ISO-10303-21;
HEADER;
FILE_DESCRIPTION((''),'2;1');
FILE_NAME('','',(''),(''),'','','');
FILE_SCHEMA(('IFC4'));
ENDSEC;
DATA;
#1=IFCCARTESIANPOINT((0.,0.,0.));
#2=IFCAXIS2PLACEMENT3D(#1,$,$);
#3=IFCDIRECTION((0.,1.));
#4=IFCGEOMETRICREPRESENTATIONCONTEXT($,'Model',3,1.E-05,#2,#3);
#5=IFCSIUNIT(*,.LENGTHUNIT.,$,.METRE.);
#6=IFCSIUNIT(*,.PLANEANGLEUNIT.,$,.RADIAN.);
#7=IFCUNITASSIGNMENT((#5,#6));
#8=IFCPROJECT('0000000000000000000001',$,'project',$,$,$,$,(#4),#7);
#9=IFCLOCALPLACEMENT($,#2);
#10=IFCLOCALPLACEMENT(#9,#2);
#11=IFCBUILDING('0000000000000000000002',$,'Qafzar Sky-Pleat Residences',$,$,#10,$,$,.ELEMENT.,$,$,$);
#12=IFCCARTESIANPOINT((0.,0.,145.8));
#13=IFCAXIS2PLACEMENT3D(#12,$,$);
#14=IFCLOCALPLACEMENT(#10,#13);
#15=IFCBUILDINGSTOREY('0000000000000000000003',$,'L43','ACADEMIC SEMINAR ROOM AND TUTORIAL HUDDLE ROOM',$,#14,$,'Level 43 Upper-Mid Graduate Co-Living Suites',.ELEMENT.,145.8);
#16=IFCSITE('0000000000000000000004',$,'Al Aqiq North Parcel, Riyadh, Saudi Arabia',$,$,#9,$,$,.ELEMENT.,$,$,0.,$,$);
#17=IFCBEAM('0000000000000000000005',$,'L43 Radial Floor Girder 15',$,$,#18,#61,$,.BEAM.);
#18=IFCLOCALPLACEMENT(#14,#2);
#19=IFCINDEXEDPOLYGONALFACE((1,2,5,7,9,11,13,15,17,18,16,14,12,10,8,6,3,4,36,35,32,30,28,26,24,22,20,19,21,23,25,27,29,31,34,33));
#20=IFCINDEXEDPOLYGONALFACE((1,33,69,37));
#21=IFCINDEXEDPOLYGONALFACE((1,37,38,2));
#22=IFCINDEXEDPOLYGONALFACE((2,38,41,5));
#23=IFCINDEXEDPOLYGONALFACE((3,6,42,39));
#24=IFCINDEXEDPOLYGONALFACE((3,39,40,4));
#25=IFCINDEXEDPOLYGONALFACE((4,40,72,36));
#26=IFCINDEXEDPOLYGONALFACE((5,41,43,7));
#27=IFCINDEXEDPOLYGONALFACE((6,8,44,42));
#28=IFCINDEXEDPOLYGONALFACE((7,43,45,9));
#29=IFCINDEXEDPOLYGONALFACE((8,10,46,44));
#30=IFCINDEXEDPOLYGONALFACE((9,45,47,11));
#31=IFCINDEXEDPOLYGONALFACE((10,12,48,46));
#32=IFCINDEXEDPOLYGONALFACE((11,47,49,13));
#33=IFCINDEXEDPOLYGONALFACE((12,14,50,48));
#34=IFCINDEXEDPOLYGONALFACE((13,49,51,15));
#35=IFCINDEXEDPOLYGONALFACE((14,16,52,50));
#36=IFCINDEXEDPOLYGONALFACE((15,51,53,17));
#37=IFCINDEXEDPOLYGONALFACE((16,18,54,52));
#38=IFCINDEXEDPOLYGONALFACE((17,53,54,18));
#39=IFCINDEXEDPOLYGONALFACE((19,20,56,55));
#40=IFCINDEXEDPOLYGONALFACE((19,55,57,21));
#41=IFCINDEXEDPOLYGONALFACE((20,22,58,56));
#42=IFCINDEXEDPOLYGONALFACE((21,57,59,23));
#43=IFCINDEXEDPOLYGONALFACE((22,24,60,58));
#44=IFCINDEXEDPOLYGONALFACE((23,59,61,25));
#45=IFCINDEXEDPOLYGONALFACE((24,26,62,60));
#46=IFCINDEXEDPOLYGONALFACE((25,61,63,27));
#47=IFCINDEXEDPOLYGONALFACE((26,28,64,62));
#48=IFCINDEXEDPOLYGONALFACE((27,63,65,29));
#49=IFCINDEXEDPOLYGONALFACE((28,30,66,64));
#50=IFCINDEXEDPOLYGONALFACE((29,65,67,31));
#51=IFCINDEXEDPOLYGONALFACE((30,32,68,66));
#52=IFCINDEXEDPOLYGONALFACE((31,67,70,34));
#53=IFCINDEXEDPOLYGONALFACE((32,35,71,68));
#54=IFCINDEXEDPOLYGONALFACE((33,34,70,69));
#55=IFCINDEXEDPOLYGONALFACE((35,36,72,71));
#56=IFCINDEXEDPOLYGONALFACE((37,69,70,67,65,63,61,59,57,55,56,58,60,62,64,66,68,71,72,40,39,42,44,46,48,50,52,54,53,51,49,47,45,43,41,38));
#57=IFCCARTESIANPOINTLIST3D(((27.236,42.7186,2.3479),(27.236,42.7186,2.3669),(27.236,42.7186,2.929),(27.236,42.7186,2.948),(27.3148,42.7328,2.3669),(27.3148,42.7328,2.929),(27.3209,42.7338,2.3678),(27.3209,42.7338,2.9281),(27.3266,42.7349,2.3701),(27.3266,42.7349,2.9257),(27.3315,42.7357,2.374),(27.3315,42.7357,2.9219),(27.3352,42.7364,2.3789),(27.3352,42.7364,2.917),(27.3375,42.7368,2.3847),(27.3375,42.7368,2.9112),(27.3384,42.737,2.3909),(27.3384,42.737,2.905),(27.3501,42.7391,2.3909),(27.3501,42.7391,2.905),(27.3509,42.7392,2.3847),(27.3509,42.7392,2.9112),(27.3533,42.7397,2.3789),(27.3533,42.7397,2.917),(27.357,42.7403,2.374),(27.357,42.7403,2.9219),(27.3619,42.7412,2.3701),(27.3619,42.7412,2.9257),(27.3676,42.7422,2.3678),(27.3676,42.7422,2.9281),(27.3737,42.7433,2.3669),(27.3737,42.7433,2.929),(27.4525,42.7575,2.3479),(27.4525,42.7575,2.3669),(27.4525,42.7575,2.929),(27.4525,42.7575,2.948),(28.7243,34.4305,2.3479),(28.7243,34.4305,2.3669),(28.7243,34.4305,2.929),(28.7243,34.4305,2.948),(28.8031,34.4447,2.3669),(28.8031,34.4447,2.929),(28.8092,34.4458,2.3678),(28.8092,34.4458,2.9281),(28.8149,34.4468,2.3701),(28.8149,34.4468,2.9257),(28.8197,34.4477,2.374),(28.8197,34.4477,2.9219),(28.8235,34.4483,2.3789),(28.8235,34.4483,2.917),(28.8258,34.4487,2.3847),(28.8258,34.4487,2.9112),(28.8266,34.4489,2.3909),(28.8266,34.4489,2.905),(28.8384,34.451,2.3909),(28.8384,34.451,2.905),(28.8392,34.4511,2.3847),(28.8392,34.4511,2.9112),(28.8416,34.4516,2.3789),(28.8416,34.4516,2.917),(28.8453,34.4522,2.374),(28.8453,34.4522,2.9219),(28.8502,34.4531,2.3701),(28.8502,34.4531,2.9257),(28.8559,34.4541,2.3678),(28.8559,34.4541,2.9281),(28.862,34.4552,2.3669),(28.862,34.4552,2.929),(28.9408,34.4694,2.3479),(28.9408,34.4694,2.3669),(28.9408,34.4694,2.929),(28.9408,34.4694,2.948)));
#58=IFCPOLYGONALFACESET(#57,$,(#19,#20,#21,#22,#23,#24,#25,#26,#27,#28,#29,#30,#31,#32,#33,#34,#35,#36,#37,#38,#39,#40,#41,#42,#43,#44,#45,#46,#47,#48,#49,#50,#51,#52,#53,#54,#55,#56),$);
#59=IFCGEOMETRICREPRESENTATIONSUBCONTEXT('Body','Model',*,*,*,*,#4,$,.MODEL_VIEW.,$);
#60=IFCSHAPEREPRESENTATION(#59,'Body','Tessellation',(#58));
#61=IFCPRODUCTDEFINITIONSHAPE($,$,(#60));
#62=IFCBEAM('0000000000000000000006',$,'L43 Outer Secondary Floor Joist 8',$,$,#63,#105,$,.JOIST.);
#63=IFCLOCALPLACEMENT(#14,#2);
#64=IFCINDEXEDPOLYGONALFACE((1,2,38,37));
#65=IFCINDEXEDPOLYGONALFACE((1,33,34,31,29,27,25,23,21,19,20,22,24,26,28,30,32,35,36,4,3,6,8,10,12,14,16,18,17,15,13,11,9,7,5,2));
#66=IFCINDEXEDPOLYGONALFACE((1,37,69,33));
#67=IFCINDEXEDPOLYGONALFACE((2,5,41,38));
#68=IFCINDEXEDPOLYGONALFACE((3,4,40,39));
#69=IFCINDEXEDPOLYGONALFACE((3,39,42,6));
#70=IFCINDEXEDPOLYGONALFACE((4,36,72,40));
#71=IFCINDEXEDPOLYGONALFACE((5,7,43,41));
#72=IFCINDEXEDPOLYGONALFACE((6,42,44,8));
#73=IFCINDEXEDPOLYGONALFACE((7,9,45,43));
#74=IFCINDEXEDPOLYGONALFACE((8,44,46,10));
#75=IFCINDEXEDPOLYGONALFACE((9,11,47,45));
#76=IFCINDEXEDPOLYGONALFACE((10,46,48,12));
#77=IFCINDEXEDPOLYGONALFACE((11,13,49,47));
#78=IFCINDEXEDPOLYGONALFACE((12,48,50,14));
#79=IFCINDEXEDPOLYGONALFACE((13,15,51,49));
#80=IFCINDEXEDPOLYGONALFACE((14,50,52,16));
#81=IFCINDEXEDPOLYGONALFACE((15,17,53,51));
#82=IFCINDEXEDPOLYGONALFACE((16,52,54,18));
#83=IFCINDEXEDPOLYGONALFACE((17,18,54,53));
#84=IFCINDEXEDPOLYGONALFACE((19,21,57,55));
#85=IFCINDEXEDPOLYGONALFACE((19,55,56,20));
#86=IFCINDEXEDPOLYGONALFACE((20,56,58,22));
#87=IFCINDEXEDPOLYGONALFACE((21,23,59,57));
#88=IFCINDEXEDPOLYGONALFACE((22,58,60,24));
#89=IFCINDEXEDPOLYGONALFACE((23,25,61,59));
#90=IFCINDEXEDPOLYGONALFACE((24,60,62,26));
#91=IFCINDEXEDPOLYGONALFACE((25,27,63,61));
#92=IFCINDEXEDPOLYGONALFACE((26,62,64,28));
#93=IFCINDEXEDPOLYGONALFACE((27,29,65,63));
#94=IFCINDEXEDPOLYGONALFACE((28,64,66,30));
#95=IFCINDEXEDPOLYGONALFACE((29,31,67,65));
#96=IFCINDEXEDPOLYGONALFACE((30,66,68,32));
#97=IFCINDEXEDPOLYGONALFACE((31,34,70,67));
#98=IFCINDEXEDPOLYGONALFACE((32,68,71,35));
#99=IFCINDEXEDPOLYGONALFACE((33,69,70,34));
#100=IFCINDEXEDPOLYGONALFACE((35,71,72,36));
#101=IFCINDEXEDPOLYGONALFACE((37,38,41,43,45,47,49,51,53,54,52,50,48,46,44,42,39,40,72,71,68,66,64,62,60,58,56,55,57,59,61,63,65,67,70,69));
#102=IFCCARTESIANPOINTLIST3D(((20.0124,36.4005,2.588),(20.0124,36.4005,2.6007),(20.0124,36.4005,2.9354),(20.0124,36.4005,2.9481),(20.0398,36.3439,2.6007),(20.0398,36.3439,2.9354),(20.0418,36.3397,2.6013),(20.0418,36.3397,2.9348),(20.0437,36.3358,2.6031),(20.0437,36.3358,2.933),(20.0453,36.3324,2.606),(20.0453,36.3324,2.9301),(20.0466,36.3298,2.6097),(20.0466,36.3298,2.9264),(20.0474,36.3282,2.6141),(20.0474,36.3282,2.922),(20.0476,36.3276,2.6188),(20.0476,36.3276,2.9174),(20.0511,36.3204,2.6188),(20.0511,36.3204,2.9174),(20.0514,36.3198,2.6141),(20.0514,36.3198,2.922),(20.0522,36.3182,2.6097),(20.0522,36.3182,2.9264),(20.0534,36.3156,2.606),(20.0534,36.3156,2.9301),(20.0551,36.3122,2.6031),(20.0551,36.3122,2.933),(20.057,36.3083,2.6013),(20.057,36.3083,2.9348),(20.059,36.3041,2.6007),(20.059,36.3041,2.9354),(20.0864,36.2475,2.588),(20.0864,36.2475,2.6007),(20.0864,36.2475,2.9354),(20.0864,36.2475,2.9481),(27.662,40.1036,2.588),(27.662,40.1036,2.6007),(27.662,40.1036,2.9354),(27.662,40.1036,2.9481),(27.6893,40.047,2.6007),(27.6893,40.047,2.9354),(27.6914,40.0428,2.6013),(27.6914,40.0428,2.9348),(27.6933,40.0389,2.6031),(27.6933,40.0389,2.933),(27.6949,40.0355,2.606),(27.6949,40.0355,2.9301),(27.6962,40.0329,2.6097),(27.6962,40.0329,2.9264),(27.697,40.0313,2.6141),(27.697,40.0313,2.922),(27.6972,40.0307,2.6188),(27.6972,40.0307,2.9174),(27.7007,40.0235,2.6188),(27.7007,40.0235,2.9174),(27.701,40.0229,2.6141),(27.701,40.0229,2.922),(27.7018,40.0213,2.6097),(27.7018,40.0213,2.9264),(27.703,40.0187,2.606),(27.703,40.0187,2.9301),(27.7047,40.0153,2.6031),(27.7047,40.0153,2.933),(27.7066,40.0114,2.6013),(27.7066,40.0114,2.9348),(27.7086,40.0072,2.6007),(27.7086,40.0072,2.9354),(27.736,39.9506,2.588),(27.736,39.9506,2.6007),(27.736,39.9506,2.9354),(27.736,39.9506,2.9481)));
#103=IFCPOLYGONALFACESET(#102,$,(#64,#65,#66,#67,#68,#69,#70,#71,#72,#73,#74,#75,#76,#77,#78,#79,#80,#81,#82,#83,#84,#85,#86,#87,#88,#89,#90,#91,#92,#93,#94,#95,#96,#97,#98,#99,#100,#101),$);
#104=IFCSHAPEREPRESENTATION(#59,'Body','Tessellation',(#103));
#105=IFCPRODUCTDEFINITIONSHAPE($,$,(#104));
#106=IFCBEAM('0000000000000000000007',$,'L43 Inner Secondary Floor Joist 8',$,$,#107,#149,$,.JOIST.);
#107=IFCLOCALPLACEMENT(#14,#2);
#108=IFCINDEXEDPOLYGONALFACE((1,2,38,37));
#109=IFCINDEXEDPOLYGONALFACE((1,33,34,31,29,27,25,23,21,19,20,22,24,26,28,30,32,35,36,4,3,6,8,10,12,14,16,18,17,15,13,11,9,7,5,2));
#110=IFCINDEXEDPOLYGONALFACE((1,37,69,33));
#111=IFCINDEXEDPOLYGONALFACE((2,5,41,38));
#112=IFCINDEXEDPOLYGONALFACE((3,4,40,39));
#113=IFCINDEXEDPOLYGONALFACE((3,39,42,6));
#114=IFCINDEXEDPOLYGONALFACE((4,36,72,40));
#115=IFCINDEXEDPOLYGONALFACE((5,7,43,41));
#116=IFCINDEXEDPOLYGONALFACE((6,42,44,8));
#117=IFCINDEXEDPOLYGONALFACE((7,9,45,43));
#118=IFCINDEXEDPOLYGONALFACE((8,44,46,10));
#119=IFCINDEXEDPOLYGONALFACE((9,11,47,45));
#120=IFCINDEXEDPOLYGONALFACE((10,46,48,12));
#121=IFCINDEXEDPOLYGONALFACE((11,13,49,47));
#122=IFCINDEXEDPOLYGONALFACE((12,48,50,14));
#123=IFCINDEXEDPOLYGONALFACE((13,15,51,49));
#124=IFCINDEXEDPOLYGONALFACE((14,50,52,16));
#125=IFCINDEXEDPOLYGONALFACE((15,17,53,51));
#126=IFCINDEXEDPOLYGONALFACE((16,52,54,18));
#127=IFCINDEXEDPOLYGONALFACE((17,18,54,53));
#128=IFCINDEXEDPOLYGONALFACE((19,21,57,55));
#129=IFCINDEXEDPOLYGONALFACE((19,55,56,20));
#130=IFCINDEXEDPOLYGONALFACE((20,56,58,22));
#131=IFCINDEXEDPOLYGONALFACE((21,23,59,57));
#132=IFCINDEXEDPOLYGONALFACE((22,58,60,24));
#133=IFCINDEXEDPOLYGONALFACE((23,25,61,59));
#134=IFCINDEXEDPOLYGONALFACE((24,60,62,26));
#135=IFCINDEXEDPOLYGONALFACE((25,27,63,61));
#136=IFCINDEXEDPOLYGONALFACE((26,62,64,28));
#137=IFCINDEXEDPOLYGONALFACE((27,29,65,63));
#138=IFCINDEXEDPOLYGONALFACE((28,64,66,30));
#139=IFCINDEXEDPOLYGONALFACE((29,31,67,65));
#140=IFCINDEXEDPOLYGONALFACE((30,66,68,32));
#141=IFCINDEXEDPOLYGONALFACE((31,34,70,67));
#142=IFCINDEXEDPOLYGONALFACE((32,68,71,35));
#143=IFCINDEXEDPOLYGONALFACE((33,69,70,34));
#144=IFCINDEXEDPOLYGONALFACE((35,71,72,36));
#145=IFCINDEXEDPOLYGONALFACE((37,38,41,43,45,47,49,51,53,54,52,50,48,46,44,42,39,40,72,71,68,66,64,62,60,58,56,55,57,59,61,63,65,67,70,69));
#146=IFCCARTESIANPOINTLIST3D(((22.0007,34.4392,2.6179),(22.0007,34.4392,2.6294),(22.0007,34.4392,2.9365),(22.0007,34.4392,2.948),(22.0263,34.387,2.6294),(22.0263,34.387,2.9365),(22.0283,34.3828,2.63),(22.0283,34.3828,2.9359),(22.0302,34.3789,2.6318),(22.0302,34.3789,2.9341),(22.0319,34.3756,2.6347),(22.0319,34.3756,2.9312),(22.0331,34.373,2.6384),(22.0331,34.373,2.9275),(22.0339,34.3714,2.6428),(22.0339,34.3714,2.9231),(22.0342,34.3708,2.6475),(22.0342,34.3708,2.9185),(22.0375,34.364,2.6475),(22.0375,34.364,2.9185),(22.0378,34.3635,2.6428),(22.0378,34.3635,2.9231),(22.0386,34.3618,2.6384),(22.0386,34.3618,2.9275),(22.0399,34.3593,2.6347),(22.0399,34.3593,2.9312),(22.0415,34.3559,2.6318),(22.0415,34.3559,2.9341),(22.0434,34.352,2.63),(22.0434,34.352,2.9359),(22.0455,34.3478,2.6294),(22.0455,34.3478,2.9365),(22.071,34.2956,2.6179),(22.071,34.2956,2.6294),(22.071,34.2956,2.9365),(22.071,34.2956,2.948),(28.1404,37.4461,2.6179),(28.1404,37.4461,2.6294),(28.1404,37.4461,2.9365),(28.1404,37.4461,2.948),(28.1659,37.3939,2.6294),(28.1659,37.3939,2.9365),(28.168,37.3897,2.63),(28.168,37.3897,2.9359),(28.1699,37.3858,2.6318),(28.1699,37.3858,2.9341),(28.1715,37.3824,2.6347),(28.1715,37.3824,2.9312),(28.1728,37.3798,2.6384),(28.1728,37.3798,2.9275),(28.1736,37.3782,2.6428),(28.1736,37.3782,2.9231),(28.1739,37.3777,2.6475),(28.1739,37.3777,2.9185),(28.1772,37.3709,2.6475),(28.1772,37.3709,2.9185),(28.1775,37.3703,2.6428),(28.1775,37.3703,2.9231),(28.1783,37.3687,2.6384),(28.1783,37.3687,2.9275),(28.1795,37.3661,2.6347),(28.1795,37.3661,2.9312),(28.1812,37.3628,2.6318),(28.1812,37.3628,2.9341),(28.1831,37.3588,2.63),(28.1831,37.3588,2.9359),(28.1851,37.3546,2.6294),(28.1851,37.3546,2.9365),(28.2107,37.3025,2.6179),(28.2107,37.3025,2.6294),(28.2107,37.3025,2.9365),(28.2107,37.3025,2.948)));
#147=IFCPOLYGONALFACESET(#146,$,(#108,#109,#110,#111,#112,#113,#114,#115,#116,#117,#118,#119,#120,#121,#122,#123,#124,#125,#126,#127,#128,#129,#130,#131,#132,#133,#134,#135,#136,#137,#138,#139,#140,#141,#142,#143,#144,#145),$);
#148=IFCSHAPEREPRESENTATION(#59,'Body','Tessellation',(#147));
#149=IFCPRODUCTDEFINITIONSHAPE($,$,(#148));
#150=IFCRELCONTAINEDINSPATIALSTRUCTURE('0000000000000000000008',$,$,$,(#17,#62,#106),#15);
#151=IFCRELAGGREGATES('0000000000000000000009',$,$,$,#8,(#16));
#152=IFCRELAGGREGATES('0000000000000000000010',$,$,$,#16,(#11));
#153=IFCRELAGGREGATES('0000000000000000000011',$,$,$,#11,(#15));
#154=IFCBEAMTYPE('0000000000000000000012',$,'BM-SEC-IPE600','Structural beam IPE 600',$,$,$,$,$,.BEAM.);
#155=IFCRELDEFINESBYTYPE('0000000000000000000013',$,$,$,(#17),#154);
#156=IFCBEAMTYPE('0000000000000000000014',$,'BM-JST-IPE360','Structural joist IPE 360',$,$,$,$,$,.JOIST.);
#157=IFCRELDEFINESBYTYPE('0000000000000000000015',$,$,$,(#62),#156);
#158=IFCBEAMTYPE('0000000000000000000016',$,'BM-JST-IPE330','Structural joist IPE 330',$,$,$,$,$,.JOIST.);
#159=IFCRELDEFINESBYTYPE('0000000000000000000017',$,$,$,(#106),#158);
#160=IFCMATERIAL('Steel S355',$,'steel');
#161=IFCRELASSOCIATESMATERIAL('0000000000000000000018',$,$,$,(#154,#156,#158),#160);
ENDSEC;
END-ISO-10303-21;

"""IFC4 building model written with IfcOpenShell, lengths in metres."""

from ifc_helpers import new_model, si_unit, direction, frame, origin, origin_2d, place, context, subcontext, project, spatial, i_section, extrude, source, transform, mapped, material, material_profile, profile_set, type_object, element, save


model = new_model("IFC4")

# Units and contexts
model_context = context("Model", 3, precision=1e-05, world=origin(), true_north=direction((0.0, 1.0)))
body_context = subcontext(model_context, "Body", "Model", "MODEL_VIEW")
ifc_project = project(units=[si_unit("LENGTHUNIT", "METRE"), si_unit("PLANEANGLEUNIT", "RADIAN")], contexts=[model_context])

# Site, building, storey
site_placement = place(None, origin())
site = spatial("IfcSite", under=ifc_project, at=site_placement, Name="Al Aqiq North Parcel, Riyadh, Saudi Arabia", CompositionType="ELEMENT", RefElevation=0.0)
building_placement = place(site_placement, origin())
building = spatial("IfcBuilding", under=site, at=building_placement, Name="Qafzar Sky-Pleat Residences", CompositionType="ELEMENT")
storey_placement = place(building_placement, frame((0.0, 0.0, 145.8)))
storey = spatial("IfcBuildingStorey", under=building, at=storey_placement, Name="L43", Description="ACADEMIC SEMINAR ROOM AND TUTORIAL HUDDLE ROOM", LongName="Level 43 Upper-Mid Graduate Co-Living Suites", CompositionType="ELEMENT", Elevation=145.8)

# Shared definitions
ifc_material_1 = material(Name="Steel S355", Category="steel")

# Beams
ifc_material_profile_1 = material_profile(ifc_material_1, i_section(OverallWidth=0.22, OverallDepth=0.6001, WebThickness=0.012, FlangeThickness=0.019, FilletRadius=0.0239, at=origin_2d()), Name="IPE 600")
ifc_profile_set_1 = profile_set([ifc_material_profile_1], Name="Steel S355")
beam_type_1 = type_object("IfcBeamType", Name="BM-SEC-IPE600", Description="Structural beam IPE 600", PredefinedType="BEAM", material=ifc_profile_set_1)
shared_shape_1 = source(origin(), body_context, "Body", "SweptSolid", [
    extrude(i_section(OverallWidth=0.22, OverallDepth=0.6001, WebThickness=0.012, FlangeThickness=0.019, FilletRadius=0.0239, at=origin_2d()), origin(), (0.0, 0.0, 1.0), 8.4207),
])
beam_1_placement = place(storey_placement, frame((27.3442, 42.738, 2.6479), z_axis=(0.176742, -0.984257, 0.0), x_axis=(0.984257, 0.176742, 0.0)))
element("IfcBeam", 1, at=beam_1_placement, inside=storey, type_object=beam_type_1, Name="L43 Radial Floor Girder 15", PredefinedType="BEAM", context=body_context, shape_type="MappedRepresentation", body=[
    mapped(shared_shape_1, transform((0.0, 0.0, 0.0), x_axis=(1.0, 0.0, 0.0), y_axis=(0.0, 1.0, 0.0), z_axis=(0.0, 0.0, 1.0), scale=1.0)),
])
ifc_material_profile_2 = material_profile(ifc_material_1, i_section(OverallWidth=0.1699, OverallDepth=0.3601, WebThickness=0.0081, FlangeThickness=0.0127, FilletRadius=0.0181, at=origin_2d()), Name="IPE 360")
ifc_profile_set_2 = profile_set([ifc_material_profile_2], Name="Steel S355")
beam_type_2 = type_object("IfcBeamType", Name="BM-JST-IPE360", Description="Structural joist IPE 360", PredefinedType="JOIST", material=ifc_profile_set_2)
shared_shape_2 = source(origin(), body_context, "Body", "SweptSolid", [
    extrude(i_section(OverallWidth=0.1699, OverallDepth=0.3601, WebThickness=0.0081, FlangeThickness=0.0127, FilletRadius=0.0181, at=origin_2d()), origin(), (0.0, 0.0, 1.0), 8.4988),
])
beam_2_placement = place(storey_placement, frame((27.699, 40.0271, 2.7681), z_axis=(-0.900082, -0.435721, 0.0), x_axis=(0.435721, -0.900082, 0.0)))
element("IfcBeam", 2, at=beam_2_placement, inside=storey, type_object=beam_type_2, Name="L43 Outer Secondary Floor Joist 8", PredefinedType="JOIST", context=body_context, shape_type="MappedRepresentation", body=[
    mapped(shared_shape_2, transform((0.0, 0.0, 0.0), x_axis=(1.0, 0.0, 0.0), y_axis=(0.0, 1.0, 0.0), z_axis=(0.0, 0.0, 1.0), scale=1.0)),
])
ifc_material_profile_3 = material_profile(ifc_material_1, i_section(OverallWidth=0.1599, OverallDepth=0.3301, WebThickness=0.0076, FlangeThickness=0.0115, FilletRadius=0.0181, at=origin_2d()), Name="IPE 330")
ifc_profile_set_3 = profile_set([ifc_material_profile_3], Name="Steel S355")
beam_type_3 = type_object("IfcBeamType", Name="BM-JST-IPE330", Description="Structural joist IPE 330", PredefinedType="JOIST", material=ifc_profile_set_3)
shared_shape_3 = source(origin(), body_context, "Body", "SweptSolid", [
    extrude(i_section(OverallWidth=0.1599, OverallDepth=0.3301, WebThickness=0.0076, FlangeThickness=0.0115, FilletRadius=0.0181, at=origin_2d()), origin(), (0.0, 0.0, 1.0), 6.8364),
])
beam_3_placement = place(storey_placement, frame((28.1755, 37.3743, 2.783), z_axis=(-0.898082, -0.439827, 0.0), x_axis=(0.439827, -0.898082, 0.0)))
element("IfcBeam", 3, at=beam_3_placement, inside=storey, type_object=beam_type_3, Name="L43 Inner Secondary Floor Joist 8", PredefinedType="JOIST", context=body_context, shape_type="MappedRepresentation", body=[
    mapped(shared_shape_3, transform((0.0, 0.0, 0.0), x_axis=(1.0, 0.0, 0.0), y_axis=(0.0, 1.0, 0.0), z_axis=(0.0, 0.0, 1.0), scale=1.0)),
])

save(model, "model.ifc")
